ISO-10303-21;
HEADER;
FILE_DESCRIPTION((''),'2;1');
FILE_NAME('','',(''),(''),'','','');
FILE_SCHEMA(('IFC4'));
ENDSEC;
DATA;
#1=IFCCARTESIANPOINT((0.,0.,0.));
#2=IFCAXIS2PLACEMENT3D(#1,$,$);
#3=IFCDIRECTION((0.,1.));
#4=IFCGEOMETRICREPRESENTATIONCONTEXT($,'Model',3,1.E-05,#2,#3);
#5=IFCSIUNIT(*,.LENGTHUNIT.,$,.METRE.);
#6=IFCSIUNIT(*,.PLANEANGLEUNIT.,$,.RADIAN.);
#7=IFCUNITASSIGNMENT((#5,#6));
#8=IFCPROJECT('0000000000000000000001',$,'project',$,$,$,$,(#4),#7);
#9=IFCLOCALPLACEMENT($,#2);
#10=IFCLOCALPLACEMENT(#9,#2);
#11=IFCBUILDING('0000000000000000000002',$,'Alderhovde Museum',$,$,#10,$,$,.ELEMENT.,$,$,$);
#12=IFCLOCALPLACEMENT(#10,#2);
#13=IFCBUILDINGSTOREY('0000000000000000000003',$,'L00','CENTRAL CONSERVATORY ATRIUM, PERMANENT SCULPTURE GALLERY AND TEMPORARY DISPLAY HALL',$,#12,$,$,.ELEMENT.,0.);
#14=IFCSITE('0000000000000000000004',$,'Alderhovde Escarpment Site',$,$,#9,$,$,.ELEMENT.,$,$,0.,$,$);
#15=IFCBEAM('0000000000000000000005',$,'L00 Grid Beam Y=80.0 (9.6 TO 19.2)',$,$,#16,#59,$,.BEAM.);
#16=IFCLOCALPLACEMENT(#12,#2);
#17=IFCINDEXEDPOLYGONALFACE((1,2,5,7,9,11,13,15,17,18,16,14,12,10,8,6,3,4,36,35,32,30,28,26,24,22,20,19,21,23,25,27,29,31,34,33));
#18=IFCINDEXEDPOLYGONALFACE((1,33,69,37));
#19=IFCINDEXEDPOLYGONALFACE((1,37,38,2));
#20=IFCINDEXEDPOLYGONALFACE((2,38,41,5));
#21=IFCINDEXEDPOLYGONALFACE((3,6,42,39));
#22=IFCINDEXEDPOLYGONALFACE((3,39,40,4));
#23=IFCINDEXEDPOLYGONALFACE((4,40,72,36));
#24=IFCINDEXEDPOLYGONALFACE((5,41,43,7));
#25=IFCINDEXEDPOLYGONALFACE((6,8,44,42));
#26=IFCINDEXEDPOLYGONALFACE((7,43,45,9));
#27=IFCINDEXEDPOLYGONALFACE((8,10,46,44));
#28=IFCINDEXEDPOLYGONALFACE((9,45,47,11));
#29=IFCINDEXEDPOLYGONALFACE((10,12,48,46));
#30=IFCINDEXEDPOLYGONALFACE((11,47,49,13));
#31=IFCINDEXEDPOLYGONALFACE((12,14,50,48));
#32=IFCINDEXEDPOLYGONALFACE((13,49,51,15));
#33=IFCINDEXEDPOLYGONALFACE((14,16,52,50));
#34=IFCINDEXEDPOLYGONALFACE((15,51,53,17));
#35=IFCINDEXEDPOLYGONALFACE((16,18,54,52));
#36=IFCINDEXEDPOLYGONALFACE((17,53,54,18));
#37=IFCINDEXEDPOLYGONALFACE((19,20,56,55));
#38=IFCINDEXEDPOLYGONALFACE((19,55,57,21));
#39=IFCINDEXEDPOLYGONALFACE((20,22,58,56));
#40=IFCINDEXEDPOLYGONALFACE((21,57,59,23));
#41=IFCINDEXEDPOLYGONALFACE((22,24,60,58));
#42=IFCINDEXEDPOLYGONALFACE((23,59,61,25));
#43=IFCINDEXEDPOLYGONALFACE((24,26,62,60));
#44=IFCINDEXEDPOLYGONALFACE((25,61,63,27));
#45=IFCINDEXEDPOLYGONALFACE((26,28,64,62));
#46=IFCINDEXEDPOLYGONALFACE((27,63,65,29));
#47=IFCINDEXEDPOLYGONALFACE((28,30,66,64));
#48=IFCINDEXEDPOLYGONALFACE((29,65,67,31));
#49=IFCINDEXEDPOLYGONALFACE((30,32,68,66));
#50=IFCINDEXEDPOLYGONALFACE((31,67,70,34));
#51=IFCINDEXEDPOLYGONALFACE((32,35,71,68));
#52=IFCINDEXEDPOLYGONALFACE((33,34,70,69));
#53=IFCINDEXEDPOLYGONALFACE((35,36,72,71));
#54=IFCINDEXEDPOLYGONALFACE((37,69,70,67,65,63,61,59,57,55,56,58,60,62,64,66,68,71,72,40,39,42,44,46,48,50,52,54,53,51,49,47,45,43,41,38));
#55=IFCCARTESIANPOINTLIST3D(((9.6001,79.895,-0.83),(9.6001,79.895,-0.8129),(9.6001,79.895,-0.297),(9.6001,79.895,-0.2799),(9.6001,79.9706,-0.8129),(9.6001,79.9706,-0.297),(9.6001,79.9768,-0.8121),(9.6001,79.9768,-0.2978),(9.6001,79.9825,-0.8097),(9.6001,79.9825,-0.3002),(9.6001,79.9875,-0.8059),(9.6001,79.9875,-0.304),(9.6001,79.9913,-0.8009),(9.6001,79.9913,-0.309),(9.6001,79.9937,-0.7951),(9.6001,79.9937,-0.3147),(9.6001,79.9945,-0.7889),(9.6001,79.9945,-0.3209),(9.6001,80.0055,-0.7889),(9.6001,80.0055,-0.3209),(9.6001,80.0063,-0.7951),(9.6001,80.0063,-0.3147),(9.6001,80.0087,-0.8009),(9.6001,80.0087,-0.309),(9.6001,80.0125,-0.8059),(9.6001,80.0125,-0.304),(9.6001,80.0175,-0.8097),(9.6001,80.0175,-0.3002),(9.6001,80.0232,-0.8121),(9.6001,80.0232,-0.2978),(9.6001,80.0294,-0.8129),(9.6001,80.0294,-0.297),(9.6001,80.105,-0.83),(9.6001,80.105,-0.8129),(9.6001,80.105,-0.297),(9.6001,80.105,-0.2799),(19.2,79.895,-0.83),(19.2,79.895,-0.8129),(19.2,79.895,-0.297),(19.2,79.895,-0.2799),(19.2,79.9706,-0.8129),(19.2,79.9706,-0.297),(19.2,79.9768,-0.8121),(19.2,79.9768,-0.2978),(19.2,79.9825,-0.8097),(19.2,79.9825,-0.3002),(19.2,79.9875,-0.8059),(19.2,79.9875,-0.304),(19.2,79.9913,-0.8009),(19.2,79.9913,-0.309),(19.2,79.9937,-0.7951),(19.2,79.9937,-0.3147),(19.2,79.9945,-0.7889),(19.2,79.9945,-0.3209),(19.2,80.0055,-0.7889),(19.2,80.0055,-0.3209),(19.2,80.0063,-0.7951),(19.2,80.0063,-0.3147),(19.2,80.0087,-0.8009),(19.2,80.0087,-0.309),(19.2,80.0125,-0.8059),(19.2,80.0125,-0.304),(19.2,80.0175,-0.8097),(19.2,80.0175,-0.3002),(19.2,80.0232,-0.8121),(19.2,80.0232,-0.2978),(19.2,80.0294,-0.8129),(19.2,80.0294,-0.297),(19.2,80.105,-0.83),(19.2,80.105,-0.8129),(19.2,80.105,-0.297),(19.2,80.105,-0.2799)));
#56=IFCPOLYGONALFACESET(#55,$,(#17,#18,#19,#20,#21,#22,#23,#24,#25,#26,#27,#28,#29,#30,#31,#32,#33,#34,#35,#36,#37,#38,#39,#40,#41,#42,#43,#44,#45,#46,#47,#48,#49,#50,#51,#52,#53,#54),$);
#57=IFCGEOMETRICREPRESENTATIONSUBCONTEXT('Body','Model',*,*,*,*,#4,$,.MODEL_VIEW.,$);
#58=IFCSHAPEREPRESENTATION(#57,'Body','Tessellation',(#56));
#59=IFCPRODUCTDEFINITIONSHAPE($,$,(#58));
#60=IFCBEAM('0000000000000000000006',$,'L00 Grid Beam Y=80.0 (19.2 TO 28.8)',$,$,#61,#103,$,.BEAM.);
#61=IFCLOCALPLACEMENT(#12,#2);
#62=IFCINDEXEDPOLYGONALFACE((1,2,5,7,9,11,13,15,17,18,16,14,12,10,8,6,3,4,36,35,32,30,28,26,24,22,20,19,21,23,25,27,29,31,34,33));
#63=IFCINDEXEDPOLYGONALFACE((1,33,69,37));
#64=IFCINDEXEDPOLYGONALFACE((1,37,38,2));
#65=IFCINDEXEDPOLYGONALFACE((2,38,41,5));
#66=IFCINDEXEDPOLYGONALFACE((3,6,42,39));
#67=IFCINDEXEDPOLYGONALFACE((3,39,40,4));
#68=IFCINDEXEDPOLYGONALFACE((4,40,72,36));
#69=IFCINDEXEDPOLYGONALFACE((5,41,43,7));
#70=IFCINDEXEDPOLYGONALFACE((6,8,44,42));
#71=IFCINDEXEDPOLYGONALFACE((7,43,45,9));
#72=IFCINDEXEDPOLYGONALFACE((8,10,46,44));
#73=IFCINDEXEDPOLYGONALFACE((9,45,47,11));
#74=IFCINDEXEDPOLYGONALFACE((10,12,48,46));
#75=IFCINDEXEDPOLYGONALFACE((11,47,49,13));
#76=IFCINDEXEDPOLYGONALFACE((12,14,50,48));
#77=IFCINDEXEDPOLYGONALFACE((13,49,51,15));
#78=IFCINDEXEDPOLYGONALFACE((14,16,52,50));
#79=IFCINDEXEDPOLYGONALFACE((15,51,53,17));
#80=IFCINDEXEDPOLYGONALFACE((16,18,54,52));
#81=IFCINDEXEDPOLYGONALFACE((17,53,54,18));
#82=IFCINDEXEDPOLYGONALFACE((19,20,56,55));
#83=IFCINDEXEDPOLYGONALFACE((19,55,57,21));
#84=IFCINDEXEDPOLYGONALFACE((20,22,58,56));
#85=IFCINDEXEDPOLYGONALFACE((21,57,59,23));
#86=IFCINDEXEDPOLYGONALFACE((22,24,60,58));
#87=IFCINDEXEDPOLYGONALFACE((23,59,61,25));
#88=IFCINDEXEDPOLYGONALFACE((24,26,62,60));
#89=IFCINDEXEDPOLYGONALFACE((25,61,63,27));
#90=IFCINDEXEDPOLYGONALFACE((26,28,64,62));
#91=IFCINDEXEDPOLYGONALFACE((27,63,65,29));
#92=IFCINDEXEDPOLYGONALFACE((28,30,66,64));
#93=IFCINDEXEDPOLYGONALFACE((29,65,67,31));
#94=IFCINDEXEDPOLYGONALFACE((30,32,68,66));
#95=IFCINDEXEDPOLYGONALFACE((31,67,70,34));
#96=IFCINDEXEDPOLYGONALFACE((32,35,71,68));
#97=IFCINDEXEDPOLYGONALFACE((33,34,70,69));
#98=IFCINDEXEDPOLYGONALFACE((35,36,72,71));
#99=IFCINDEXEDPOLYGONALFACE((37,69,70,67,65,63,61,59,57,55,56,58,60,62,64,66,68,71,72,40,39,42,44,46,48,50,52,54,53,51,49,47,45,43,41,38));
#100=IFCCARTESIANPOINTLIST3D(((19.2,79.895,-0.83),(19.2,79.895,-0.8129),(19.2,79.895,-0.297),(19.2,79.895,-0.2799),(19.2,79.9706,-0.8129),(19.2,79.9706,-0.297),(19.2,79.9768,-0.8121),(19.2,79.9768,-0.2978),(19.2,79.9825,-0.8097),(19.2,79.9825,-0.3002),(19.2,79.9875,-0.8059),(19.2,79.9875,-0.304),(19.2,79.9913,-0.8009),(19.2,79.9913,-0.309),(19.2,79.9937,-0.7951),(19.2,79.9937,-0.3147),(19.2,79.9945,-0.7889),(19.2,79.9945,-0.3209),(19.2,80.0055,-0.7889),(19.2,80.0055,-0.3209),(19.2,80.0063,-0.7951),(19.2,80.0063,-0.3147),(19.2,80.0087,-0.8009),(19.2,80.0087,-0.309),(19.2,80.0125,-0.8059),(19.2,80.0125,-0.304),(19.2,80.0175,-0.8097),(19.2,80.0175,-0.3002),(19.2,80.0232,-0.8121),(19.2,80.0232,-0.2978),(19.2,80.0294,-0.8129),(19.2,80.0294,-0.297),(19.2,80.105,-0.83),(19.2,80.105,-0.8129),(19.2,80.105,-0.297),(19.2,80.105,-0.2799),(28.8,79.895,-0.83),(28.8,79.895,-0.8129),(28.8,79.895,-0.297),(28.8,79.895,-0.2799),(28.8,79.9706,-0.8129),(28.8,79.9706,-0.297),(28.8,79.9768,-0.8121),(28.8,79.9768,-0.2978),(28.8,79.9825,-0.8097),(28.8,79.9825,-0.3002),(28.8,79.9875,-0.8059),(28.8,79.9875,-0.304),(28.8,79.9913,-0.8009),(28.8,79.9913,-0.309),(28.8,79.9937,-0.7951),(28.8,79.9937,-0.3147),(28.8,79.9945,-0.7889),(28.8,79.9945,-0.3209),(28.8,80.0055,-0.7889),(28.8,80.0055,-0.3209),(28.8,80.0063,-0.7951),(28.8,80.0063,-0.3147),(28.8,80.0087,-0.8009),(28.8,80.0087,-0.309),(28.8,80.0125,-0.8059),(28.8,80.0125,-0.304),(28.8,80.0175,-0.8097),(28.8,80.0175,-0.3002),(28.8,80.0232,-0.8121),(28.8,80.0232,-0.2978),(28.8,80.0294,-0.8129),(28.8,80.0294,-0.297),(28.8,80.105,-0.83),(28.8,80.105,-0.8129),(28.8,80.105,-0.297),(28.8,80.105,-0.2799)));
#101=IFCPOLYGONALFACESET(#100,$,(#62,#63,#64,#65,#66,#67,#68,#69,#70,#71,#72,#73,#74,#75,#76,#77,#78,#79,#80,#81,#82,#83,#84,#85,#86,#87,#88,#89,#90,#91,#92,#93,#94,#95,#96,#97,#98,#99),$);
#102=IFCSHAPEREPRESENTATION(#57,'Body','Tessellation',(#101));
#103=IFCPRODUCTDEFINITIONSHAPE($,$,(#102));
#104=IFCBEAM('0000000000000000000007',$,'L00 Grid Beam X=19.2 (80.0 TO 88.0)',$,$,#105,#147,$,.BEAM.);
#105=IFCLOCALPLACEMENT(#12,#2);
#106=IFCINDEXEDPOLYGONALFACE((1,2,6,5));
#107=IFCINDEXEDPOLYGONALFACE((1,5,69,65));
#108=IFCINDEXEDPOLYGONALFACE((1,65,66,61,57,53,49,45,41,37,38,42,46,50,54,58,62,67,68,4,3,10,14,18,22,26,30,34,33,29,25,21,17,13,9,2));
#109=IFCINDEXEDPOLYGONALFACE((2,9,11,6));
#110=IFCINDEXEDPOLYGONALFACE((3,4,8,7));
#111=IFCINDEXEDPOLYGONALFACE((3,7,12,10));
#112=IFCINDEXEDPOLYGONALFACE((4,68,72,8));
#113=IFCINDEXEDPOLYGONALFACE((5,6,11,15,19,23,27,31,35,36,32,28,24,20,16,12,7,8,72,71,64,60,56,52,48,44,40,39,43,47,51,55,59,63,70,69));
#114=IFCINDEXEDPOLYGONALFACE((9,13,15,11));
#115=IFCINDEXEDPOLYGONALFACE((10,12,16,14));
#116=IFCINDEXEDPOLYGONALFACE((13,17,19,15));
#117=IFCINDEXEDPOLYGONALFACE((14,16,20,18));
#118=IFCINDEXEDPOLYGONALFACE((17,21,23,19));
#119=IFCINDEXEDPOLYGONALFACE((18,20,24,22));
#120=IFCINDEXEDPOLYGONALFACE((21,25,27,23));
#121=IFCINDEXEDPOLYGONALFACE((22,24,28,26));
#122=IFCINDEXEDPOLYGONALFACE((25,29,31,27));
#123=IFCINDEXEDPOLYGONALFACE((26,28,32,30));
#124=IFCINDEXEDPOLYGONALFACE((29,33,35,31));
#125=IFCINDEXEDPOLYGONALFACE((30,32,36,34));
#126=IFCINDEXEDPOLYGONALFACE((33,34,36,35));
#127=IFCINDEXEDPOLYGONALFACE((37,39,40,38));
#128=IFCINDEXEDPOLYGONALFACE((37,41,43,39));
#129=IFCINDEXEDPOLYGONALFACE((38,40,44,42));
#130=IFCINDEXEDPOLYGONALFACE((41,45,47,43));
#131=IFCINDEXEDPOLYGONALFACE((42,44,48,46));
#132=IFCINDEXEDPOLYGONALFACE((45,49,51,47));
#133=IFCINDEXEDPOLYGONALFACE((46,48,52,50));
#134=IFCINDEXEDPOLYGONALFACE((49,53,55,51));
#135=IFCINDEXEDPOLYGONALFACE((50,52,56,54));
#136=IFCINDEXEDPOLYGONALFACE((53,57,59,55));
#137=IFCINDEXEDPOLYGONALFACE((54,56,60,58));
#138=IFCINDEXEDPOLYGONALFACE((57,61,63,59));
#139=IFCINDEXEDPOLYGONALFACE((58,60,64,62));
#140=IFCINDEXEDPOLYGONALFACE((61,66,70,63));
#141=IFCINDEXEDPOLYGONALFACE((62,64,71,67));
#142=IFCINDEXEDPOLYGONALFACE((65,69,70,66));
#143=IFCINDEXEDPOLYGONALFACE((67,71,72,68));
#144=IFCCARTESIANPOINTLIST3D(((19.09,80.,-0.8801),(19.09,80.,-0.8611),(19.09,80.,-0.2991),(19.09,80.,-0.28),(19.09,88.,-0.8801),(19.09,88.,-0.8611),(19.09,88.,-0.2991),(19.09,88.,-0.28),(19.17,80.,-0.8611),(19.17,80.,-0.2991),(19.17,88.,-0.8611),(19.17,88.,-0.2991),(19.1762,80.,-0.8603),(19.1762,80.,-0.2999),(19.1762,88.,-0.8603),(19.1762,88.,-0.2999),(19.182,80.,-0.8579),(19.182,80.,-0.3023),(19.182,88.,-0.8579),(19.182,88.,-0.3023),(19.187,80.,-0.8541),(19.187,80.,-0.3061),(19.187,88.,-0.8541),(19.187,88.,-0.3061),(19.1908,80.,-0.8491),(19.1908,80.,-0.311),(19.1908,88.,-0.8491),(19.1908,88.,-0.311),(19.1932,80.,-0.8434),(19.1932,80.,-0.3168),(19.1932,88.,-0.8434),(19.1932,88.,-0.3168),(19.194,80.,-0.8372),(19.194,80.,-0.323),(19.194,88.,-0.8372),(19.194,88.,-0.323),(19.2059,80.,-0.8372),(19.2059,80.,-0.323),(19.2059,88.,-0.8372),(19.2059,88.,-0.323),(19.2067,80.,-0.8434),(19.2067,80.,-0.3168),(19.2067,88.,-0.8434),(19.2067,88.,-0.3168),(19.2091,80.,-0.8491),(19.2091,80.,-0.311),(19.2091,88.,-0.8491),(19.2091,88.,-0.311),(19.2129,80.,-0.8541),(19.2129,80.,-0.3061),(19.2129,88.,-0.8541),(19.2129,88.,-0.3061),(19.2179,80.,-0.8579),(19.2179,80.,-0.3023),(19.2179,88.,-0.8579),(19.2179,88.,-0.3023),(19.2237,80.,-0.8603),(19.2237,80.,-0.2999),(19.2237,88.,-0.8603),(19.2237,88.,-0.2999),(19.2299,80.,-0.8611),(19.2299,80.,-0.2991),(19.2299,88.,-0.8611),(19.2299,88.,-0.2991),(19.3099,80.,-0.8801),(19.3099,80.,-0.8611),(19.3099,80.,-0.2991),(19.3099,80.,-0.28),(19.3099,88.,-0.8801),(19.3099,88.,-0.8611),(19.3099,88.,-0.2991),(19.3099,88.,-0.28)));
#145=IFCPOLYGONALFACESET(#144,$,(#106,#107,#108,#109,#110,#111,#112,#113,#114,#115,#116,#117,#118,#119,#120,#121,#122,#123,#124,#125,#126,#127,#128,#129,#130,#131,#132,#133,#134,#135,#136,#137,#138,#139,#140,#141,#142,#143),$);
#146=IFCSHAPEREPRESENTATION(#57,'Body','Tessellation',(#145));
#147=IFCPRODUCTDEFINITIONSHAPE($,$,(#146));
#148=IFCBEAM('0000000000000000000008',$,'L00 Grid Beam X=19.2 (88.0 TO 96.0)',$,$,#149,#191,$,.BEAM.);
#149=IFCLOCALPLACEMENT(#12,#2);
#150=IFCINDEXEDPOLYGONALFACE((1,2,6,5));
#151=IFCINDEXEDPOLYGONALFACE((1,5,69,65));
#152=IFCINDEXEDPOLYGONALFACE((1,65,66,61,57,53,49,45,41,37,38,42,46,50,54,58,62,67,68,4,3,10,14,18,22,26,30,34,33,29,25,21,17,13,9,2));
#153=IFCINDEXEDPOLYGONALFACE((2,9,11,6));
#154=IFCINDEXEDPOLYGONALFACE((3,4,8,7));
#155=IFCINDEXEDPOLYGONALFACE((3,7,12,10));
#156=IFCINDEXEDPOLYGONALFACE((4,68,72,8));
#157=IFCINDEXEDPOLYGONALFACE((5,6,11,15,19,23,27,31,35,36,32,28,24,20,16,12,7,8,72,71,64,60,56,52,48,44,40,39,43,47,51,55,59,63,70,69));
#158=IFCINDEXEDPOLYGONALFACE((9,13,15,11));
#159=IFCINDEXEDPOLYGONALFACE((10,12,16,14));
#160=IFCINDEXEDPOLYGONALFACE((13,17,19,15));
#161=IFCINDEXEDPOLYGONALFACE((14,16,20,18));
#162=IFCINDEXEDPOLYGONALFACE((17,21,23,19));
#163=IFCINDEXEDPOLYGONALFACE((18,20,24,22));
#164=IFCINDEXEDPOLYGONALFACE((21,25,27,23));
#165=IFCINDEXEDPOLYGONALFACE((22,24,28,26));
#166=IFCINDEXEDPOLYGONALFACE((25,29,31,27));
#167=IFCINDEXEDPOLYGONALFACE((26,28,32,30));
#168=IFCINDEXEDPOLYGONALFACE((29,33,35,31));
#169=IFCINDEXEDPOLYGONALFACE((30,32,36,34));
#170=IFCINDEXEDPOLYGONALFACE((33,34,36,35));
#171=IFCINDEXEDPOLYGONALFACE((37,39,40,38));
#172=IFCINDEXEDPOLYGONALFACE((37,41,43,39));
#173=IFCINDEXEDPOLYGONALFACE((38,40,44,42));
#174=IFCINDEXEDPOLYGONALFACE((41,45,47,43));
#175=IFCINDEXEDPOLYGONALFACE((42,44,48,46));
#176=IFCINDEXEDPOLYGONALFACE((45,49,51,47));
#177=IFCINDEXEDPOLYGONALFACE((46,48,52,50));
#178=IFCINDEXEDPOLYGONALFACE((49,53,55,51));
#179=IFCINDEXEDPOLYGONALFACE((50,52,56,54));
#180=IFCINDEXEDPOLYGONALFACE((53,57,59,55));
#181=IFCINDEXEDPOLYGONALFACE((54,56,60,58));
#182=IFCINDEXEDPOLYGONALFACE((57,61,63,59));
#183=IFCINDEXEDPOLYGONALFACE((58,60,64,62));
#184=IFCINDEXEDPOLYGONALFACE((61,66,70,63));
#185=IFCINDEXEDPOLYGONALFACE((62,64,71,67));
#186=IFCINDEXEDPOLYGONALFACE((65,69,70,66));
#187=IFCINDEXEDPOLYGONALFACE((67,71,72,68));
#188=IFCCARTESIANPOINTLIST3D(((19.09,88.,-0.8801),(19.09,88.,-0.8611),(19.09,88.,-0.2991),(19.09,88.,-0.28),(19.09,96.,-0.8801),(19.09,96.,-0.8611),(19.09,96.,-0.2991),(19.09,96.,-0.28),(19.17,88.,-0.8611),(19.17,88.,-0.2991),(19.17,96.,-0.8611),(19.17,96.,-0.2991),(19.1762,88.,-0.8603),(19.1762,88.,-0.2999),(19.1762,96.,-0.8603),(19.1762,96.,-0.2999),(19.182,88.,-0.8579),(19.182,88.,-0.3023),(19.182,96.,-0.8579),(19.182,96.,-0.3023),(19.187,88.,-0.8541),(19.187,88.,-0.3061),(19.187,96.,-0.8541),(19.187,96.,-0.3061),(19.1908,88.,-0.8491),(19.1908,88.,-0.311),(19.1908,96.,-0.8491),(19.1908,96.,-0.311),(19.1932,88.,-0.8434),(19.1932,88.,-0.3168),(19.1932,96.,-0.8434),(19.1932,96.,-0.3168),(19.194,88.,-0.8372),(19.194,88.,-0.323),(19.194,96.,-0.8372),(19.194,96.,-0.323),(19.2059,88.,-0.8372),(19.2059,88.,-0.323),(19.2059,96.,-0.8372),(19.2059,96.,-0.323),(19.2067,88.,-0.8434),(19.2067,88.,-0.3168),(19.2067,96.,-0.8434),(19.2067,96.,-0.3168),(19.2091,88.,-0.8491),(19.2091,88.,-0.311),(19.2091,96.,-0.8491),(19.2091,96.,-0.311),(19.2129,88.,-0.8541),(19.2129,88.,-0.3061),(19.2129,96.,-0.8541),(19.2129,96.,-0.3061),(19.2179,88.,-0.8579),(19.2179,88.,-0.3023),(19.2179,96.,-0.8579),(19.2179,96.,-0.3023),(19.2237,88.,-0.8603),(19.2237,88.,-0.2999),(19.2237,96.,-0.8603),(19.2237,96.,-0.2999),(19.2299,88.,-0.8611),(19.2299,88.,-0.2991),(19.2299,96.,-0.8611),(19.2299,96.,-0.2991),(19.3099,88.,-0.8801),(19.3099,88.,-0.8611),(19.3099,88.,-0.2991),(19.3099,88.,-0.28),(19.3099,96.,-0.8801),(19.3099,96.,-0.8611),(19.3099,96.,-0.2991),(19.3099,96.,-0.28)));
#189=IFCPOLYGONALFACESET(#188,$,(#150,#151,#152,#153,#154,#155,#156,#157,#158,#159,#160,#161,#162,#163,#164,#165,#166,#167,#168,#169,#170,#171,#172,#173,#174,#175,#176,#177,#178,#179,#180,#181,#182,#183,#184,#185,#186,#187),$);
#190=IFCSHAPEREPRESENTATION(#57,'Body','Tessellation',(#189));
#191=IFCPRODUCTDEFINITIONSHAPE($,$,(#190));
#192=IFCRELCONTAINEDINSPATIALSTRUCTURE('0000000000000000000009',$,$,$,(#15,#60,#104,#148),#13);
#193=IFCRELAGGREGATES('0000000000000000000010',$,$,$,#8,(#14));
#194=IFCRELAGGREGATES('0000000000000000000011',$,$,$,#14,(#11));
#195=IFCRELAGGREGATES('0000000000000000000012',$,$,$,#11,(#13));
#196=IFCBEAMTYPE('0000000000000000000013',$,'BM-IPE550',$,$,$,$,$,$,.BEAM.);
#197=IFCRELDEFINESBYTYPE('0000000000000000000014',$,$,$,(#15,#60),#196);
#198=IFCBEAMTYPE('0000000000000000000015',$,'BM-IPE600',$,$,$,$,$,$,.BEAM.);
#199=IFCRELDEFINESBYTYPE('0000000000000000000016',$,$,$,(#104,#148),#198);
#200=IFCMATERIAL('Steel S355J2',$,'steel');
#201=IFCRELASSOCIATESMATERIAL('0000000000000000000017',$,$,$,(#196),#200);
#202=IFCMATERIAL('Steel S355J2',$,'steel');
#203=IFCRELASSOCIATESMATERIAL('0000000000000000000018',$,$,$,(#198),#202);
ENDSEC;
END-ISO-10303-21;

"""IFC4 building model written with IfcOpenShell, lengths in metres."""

from ifc_helpers import new_model, si_unit, direction, frame, origin, origin_2d, place, context, subcontext, project, spatial, i_section, extrude, material, material_profile, profile_set, type_object, element, save


model = new_model("IFC4")

# Units and contexts
model_context = context("Model", 3, precision=1e-05, world=origin(), true_north=direction((0.0, 1.0)))
body_context = subcontext(model_context, "Body", "Model", "MODEL_VIEW")
ifc_project = project(units=[si_unit("LENGTHUNIT", "METRE"), si_unit("PLANEANGLEUNIT", "RADIAN")], contexts=[model_context])

# Site, building, storey
site_placement = place(None, origin())
site = spatial("IfcSite", under=ifc_project, at=site_placement, Name="Alderhovde Escarpment Site", CompositionType="ELEMENT", RefElevation=0.0)
building_placement = place(site_placement, origin())
building = spatial("IfcBuilding", under=site, at=building_placement, Name="Alderhovde Museum", CompositionType="ELEMENT")
storey_placement = place(building_placement, origin())
storey = spatial("IfcBuildingStorey", under=building, at=storey_placement, Name="L00", Description="CENTRAL CONSERVATORY ATRIUM, PERMANENT SCULPTURE GALLERY AND TEMPORARY DISPLAY HALL", CompositionType="ELEMENT", Elevation=0.0)

# Beams
ifc_material_1 = material(Name="Steel S355J2", Category="steel")
ifc_material_profile_1 = material_profile(ifc_material_1, i_section(OverallWidth=0.21, OverallDepth=0.55, WebThickness=0.011, FlangeThickness=0.0171, FilletRadius=0.0239, at=origin_2d()), Name="IPE 550")
ifc_profile_set_1 = profile_set([ifc_material_profile_1], Name="Steel S355J2")
beam_type_1 = type_object("IfcBeamType", Name="BM-IPE550", PredefinedType="BEAM", material=ifc_profile_set_1)
beam_1_placement = place(storey_placement, frame((9.6001, 80.0, -0.5549), z_axis=(1.0, 0.0, 0.0), x_axis=(0.0, 1.0, 0.0)))
element("IfcBeam", 1, at=beam_1_placement, inside=storey, type_object=beam_type_1, Name="L00 Grid Beam Y=80.0 (9.6 TO 19.2)", PredefinedType="BEAM", context=body_context, shape_type="SweptSolid", body=[
    extrude(i_section(OverallWidth=0.21, OverallDepth=0.55, WebThickness=0.011, FlangeThickness=0.0171, FilletRadius=0.0239, at=origin_2d()), origin(), (0.0, 0.0, 1.0), 9.5999),
])
beam_2_placement = place(storey_placement, frame((19.2, 80.0, -0.5549), z_axis=(1.0, 0.0, 0.0), x_axis=(0.0, 1.0, 0.0)))
element("IfcBeam", 2, at=beam_2_placement, inside=storey, type_object=beam_type_1, Name="L00 Grid Beam Y=80.0 (19.2 TO 28.8)", PredefinedType="BEAM", context=body_context, shape_type="SweptSolid", body=[
    extrude(i_section(OverallWidth=0.21, OverallDepth=0.55, WebThickness=0.011, FlangeThickness=0.0171, FilletRadius=0.0239, at=origin_2d()), origin(), (0.0, 0.0, 1.0), 9.6001),
])
ifc_material_2 = material(Name="Steel S355J2", Category="steel")
ifc_material_profile_2 = material_profile(ifc_material_2, i_section(OverallWidth=0.22, OverallDepth=0.6001, WebThickness=0.012, FlangeThickness=0.019, FilletRadius=0.0239, at=origin_2d()), Name="IPE 600")
ifc_profile_set_2 = profile_set([ifc_material_profile_2], Name="Steel S355J2")
beam_type_2 = type_object("IfcBeamType", Name="BM-IPE600", PredefinedType="BEAM", material=ifc_profile_set_2)
for number, where, z_axis, x_axis, name in (
    (3, (19.2, 80.0, -0.5801), (0.0, 1.0, 0.0), (-1.0, 0.0, 0.0), "L00 Grid Beam X=19.2 (80.0 TO 88.0)"),
    (4, (19.2, 88.0, -0.5801), (0.0, 1.0, 0.0), (-1.0, 0.0, 0.0), "L00 Grid Beam X=19.2 (88.0 TO 96.0)"),
):
    element("IfcBeam", number, at=place(storey_placement, frame(where, z_axis=z_axis, x_axis=x_axis)), inside=storey, type_object=beam_type_2, Name=name, PredefinedType="BEAM", context=body_context, shape_type="SweptSolid", body=[
        extrude(i_section(OverallWidth=0.22, OverallDepth=0.6001, WebThickness=0.012, FlangeThickness=0.019, FilletRadius=0.0239, at=origin_2d()), origin(), (0.0, 0.0, 1.0), 8.0),
    ])

save(model, "model.ifc")
